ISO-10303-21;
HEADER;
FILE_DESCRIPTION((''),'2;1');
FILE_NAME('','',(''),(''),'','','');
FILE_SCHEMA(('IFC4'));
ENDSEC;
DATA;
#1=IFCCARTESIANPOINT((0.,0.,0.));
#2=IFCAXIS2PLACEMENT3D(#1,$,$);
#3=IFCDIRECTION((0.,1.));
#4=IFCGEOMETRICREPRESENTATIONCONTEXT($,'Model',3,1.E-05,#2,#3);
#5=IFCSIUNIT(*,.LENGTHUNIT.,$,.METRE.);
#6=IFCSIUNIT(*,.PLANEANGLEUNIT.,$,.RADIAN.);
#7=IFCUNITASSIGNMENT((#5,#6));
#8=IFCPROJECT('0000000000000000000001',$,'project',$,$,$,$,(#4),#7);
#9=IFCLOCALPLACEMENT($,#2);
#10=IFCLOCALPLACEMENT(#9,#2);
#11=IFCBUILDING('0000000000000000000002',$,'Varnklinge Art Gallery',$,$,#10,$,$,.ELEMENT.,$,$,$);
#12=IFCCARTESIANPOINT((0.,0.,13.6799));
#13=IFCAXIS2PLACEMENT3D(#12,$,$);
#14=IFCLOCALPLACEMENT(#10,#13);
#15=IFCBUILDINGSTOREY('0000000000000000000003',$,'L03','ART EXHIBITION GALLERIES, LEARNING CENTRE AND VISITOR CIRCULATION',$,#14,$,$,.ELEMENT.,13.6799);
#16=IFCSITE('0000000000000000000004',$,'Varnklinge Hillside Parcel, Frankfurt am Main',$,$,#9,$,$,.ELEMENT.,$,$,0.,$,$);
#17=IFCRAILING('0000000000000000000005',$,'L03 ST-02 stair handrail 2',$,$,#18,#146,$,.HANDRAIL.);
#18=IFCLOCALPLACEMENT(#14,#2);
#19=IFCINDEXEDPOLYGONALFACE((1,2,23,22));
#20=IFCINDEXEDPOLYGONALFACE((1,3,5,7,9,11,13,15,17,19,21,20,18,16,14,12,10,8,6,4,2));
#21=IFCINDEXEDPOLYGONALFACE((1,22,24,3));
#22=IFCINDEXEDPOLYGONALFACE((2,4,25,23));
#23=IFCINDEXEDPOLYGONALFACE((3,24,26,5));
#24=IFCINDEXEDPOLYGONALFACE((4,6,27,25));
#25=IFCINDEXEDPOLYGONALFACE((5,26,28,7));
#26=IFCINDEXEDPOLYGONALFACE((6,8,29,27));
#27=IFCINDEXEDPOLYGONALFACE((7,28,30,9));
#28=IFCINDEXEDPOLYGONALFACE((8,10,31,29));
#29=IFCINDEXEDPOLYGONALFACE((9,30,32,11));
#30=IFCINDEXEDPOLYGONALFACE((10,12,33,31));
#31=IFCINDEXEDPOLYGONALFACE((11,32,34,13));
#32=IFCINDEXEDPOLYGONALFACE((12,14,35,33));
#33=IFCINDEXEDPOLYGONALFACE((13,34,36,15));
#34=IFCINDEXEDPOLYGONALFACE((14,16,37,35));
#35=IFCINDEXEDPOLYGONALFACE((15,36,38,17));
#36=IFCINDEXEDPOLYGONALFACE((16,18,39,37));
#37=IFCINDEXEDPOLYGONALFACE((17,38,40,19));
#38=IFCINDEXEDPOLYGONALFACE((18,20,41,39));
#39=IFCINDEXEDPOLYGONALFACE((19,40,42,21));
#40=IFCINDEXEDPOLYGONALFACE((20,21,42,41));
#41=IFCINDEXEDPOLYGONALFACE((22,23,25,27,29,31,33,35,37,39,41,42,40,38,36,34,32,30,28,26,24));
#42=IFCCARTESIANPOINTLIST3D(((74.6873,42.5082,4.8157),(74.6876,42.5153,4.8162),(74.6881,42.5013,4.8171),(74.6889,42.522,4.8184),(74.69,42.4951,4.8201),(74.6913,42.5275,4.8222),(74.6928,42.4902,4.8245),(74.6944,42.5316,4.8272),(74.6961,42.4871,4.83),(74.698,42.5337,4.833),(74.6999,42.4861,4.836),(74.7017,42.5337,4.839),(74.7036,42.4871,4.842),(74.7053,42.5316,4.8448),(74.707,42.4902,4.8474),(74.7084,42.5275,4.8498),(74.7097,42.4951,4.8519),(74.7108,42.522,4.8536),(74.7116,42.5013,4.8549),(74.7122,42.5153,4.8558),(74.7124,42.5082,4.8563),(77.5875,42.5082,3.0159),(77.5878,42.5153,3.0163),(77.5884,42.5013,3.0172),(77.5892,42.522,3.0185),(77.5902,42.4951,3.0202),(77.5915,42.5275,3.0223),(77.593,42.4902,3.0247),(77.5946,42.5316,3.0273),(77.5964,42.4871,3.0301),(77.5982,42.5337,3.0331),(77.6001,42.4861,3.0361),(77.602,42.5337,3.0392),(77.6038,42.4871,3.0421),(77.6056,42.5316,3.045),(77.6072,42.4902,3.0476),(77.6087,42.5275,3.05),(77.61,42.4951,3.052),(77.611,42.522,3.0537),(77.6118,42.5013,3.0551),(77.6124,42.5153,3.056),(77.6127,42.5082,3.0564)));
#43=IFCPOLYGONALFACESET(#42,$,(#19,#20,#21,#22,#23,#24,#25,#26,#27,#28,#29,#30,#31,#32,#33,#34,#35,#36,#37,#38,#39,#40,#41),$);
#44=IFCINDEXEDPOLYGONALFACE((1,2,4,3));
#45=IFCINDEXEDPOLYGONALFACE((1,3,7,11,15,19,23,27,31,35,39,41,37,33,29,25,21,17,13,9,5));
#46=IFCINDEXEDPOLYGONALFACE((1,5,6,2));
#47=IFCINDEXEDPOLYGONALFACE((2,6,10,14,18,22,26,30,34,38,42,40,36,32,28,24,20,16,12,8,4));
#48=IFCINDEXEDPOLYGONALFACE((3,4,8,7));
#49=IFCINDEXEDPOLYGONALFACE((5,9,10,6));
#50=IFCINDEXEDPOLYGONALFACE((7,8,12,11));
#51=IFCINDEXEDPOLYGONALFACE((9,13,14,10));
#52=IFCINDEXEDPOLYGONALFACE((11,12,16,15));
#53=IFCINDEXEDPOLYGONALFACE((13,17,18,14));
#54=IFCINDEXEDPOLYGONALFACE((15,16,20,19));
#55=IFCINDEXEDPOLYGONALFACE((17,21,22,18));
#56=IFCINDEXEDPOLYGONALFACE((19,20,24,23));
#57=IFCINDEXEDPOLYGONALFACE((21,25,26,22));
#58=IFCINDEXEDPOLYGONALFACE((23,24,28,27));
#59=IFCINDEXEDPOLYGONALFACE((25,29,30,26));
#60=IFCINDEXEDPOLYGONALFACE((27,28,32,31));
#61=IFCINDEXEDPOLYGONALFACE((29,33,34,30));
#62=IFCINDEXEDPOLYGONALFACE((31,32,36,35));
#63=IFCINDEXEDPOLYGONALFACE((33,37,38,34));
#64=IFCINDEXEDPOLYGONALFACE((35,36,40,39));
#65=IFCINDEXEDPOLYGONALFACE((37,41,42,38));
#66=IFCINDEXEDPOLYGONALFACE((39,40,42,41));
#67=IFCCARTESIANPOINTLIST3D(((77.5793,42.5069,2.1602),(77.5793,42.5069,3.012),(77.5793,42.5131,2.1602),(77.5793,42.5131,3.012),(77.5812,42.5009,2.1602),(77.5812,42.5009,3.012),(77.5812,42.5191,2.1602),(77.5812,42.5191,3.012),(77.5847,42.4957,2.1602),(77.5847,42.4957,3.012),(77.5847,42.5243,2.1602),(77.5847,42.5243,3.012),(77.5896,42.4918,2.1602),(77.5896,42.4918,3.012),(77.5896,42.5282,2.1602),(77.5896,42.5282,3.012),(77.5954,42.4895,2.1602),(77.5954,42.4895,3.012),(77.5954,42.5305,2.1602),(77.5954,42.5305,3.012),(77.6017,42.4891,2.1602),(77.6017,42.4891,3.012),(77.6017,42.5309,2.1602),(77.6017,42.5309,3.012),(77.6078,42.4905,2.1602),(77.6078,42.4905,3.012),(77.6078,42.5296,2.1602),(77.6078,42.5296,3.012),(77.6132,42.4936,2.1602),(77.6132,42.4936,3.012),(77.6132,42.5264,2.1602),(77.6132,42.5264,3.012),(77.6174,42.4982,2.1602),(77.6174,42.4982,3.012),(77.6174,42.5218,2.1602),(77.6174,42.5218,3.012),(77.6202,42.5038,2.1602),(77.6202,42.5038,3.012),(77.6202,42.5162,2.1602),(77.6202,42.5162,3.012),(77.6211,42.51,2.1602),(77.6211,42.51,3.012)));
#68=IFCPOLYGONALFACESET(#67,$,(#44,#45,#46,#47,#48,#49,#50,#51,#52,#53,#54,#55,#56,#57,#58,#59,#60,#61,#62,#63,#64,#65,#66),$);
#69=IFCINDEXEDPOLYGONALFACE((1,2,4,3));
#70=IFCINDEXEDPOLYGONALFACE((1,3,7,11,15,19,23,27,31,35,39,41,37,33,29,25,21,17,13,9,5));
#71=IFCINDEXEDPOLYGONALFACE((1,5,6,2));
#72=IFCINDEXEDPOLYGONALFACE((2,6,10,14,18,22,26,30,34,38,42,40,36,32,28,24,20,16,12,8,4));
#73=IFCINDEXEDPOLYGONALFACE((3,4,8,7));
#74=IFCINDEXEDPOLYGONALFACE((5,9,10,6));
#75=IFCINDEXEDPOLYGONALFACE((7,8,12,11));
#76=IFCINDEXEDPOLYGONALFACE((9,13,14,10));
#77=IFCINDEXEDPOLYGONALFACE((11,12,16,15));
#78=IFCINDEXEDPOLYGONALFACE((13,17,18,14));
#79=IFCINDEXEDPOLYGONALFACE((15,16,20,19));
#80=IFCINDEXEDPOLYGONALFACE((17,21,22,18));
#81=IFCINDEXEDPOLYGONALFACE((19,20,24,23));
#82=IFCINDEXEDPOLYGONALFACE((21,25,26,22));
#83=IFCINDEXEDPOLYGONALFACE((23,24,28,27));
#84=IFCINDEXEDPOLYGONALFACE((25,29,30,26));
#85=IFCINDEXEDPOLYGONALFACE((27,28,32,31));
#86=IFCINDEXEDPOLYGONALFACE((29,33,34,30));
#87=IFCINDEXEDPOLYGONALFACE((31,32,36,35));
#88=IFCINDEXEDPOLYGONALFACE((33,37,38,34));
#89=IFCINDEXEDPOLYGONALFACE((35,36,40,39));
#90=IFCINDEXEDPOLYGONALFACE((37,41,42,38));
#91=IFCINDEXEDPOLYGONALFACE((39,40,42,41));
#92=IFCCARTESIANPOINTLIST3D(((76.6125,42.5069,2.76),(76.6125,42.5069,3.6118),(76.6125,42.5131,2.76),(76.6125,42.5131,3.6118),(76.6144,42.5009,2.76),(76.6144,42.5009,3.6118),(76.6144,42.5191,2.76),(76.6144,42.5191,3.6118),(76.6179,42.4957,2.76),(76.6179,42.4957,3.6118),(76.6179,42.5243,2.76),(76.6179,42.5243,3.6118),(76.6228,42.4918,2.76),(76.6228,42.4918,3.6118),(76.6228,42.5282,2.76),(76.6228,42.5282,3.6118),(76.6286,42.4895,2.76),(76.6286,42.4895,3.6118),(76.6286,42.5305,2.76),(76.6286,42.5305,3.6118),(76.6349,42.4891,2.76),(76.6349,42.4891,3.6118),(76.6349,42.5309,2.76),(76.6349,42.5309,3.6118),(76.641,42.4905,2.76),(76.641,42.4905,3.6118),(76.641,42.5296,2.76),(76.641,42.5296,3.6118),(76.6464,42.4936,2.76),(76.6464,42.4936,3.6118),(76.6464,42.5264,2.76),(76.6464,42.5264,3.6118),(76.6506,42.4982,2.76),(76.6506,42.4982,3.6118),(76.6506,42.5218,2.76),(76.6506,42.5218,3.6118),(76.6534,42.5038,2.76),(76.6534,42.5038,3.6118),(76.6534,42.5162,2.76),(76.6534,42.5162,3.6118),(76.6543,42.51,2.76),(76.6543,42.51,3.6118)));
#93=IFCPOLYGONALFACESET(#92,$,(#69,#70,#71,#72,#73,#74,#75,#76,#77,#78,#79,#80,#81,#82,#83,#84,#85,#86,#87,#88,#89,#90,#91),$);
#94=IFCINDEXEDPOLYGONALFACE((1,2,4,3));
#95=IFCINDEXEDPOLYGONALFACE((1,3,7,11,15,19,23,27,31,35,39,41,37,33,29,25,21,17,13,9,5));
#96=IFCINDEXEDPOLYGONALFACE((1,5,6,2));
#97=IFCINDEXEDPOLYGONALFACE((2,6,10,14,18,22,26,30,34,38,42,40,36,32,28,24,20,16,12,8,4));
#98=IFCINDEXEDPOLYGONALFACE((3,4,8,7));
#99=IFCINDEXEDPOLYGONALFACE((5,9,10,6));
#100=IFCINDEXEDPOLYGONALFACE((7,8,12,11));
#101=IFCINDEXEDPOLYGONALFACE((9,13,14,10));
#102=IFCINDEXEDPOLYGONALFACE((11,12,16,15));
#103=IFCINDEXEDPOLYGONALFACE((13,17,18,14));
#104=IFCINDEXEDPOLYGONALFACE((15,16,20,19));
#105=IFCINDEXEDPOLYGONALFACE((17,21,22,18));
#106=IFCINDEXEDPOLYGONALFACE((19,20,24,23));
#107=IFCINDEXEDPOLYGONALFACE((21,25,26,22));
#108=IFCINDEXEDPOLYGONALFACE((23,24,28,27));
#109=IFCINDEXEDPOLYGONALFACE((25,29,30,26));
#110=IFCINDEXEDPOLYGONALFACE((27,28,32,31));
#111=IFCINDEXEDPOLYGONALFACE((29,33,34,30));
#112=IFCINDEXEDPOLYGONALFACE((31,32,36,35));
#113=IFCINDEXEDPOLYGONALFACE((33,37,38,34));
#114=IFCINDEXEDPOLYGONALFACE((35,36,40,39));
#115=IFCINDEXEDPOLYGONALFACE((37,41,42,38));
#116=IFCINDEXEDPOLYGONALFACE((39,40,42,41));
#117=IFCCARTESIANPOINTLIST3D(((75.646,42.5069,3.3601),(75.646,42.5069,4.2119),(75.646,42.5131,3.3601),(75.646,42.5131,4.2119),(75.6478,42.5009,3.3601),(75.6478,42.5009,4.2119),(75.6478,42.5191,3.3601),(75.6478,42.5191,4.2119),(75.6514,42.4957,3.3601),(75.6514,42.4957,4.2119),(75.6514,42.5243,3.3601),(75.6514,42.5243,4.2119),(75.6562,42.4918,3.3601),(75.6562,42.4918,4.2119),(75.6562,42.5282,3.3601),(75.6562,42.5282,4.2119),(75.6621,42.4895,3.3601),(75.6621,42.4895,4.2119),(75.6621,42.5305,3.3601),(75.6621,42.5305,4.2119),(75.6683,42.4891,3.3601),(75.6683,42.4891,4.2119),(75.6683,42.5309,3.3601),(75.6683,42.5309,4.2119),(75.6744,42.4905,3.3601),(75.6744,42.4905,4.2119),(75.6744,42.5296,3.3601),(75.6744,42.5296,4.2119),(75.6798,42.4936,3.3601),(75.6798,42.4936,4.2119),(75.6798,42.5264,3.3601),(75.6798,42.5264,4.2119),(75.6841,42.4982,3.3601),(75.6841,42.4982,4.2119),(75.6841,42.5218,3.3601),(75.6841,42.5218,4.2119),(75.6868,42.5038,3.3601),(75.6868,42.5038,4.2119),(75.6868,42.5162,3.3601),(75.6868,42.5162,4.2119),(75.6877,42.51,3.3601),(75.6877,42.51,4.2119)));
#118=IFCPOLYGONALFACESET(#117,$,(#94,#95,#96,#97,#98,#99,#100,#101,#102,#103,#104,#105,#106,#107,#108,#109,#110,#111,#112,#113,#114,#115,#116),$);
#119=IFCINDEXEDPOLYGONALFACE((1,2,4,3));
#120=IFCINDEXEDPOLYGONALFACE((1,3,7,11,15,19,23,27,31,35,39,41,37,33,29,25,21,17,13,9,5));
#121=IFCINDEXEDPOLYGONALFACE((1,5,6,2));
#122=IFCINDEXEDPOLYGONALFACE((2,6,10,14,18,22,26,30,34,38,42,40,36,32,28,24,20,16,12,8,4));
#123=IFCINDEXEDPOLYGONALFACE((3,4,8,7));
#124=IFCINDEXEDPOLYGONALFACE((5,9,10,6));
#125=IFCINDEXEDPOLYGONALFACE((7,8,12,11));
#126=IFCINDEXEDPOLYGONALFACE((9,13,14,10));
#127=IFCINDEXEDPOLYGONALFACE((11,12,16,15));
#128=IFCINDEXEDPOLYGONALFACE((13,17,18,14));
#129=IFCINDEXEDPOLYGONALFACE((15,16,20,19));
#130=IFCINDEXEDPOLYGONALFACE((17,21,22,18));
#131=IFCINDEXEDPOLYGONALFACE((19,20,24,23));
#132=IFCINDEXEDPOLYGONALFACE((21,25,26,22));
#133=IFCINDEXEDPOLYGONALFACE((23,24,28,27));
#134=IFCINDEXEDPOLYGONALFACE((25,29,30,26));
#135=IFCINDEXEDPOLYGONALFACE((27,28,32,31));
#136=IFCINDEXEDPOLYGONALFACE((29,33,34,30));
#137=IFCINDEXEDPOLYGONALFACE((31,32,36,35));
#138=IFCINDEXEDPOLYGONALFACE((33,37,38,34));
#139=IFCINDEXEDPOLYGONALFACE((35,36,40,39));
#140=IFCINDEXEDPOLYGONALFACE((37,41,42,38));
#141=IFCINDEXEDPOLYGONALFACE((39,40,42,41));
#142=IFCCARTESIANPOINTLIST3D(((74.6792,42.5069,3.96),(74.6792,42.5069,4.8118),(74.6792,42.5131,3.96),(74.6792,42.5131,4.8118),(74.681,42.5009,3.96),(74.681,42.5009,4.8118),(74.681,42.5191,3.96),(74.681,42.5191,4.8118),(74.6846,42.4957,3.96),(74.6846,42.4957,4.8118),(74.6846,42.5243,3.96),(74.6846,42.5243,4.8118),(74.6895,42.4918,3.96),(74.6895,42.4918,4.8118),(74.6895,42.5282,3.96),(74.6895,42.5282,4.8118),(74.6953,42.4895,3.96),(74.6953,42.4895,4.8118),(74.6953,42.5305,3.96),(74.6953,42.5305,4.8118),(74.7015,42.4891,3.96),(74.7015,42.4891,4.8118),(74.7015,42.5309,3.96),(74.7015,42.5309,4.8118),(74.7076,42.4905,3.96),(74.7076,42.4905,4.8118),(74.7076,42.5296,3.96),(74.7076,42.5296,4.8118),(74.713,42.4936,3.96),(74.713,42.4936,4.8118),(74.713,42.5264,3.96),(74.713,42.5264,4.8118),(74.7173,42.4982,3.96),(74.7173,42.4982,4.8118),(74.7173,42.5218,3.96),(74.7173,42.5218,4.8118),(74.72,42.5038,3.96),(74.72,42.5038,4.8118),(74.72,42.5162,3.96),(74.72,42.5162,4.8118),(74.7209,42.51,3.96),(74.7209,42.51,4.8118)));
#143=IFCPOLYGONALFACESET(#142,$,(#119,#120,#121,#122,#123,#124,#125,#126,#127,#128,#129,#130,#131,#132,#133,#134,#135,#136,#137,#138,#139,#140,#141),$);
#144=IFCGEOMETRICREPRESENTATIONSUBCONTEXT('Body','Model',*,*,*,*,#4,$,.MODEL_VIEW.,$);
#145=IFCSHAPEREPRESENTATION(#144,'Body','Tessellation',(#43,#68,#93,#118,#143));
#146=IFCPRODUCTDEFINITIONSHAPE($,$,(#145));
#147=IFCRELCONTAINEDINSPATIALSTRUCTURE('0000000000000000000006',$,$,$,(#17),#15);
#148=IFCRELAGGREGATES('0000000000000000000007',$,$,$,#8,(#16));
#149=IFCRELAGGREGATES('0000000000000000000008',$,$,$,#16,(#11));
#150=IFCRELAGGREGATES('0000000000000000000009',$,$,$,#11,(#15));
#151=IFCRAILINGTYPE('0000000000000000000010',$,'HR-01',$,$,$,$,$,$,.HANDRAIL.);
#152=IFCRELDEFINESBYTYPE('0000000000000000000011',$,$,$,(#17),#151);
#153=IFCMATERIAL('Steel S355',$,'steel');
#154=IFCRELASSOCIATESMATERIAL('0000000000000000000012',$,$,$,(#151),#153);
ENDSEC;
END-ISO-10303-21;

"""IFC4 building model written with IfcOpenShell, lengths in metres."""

from ifc_helpers import new_model, si_unit, direction, frame, origin, origin_2d, place, context, subcontext, project, spatial, circle, extrude, material, type_object, element, save


model = new_model("IFC4")

# Units and contexts
model_context = context("Model", 3, precision=1e-05, world=origin(), true_north=direction((0.0, 1.0)))
body_context = subcontext(model_context, "Body", "Model", "MODEL_VIEW")
ifc_project = project(units=[si_unit("LENGTHUNIT", "METRE"), si_unit("PLANEANGLEUNIT", "RADIAN")], contexts=[model_context])

# Site, building, storey
site_placement = place(None, origin())
site = spatial("IfcSite", under=ifc_project, at=site_placement, Name="Varnklinge Hillside Parcel, Frankfurt am Main", CompositionType="ELEMENT", RefElevation=0.0)
building_placement = place(site_placement, origin())
building = spatial("IfcBuilding", under=site, at=building_placement, Name="Varnklinge Art Gallery", CompositionType="ELEMENT")
storey_placement = place(building_placement, frame((0.0, 0.0, 13.6799)))
storey = spatial("IfcBuildingStorey", under=building, at=storey_placement, Name="L03", Description="ART EXHIBITION GALLERIES, LEARNING CENTRE AND VISITOR CIRCULATION", CompositionType="ELEMENT", Elevation=13.6799)

# Railing
ifc_material_1 = material(Name="Steel S355", Category="steel")
railing_type_1 = type_object("IfcRailingType", Name="HR-01", PredefinedType="HANDRAIL", material=ifc_material_1)
railing_1_placement = place(storey_placement, frame((77.6001, 42.51, 2.1602)))
element("IfcRailing", 1, at=railing_1_placement, inside=storey, type_object=railing_type_1, Name="L03 ST-02 stair handrail 2", PredefinedType="HANDRAIL", context=body_context, shape_type="SweptSolid", body=[
    extrude(circle(Radius=0.0239, at=origin_2d()), frame((0.0, 0.0, 0.876), z_axis=(-0.849678, 0.0, 0.527302), x_axis=(0.0, -1.0, 0.0)), (0.0, 0.0, 1.0), 3.4133),
    extrude(circle(Radius=0.021, at=origin_2d()), origin(), (0.0, 0.0, 1.0), 0.8518),
    extrude(circle(Radius=0.021, at=origin_2d()), frame((-0.9668, 0.0, 0.5999)), (0.0, 0.0, 1.0), 0.8518),
    extrude(circle(Radius=0.021, at=origin_2d()), frame((-1.9333, 0.0, 1.2)), (0.0, 0.0, 1.0), 0.8518),
    extrude(circle(Radius=0.021, at=origin_2d()), frame((-2.9001, 0.0, 1.7998)), (0.0, 0.0, 1.0), 0.8518),
])

save(model, "model.ifc")
